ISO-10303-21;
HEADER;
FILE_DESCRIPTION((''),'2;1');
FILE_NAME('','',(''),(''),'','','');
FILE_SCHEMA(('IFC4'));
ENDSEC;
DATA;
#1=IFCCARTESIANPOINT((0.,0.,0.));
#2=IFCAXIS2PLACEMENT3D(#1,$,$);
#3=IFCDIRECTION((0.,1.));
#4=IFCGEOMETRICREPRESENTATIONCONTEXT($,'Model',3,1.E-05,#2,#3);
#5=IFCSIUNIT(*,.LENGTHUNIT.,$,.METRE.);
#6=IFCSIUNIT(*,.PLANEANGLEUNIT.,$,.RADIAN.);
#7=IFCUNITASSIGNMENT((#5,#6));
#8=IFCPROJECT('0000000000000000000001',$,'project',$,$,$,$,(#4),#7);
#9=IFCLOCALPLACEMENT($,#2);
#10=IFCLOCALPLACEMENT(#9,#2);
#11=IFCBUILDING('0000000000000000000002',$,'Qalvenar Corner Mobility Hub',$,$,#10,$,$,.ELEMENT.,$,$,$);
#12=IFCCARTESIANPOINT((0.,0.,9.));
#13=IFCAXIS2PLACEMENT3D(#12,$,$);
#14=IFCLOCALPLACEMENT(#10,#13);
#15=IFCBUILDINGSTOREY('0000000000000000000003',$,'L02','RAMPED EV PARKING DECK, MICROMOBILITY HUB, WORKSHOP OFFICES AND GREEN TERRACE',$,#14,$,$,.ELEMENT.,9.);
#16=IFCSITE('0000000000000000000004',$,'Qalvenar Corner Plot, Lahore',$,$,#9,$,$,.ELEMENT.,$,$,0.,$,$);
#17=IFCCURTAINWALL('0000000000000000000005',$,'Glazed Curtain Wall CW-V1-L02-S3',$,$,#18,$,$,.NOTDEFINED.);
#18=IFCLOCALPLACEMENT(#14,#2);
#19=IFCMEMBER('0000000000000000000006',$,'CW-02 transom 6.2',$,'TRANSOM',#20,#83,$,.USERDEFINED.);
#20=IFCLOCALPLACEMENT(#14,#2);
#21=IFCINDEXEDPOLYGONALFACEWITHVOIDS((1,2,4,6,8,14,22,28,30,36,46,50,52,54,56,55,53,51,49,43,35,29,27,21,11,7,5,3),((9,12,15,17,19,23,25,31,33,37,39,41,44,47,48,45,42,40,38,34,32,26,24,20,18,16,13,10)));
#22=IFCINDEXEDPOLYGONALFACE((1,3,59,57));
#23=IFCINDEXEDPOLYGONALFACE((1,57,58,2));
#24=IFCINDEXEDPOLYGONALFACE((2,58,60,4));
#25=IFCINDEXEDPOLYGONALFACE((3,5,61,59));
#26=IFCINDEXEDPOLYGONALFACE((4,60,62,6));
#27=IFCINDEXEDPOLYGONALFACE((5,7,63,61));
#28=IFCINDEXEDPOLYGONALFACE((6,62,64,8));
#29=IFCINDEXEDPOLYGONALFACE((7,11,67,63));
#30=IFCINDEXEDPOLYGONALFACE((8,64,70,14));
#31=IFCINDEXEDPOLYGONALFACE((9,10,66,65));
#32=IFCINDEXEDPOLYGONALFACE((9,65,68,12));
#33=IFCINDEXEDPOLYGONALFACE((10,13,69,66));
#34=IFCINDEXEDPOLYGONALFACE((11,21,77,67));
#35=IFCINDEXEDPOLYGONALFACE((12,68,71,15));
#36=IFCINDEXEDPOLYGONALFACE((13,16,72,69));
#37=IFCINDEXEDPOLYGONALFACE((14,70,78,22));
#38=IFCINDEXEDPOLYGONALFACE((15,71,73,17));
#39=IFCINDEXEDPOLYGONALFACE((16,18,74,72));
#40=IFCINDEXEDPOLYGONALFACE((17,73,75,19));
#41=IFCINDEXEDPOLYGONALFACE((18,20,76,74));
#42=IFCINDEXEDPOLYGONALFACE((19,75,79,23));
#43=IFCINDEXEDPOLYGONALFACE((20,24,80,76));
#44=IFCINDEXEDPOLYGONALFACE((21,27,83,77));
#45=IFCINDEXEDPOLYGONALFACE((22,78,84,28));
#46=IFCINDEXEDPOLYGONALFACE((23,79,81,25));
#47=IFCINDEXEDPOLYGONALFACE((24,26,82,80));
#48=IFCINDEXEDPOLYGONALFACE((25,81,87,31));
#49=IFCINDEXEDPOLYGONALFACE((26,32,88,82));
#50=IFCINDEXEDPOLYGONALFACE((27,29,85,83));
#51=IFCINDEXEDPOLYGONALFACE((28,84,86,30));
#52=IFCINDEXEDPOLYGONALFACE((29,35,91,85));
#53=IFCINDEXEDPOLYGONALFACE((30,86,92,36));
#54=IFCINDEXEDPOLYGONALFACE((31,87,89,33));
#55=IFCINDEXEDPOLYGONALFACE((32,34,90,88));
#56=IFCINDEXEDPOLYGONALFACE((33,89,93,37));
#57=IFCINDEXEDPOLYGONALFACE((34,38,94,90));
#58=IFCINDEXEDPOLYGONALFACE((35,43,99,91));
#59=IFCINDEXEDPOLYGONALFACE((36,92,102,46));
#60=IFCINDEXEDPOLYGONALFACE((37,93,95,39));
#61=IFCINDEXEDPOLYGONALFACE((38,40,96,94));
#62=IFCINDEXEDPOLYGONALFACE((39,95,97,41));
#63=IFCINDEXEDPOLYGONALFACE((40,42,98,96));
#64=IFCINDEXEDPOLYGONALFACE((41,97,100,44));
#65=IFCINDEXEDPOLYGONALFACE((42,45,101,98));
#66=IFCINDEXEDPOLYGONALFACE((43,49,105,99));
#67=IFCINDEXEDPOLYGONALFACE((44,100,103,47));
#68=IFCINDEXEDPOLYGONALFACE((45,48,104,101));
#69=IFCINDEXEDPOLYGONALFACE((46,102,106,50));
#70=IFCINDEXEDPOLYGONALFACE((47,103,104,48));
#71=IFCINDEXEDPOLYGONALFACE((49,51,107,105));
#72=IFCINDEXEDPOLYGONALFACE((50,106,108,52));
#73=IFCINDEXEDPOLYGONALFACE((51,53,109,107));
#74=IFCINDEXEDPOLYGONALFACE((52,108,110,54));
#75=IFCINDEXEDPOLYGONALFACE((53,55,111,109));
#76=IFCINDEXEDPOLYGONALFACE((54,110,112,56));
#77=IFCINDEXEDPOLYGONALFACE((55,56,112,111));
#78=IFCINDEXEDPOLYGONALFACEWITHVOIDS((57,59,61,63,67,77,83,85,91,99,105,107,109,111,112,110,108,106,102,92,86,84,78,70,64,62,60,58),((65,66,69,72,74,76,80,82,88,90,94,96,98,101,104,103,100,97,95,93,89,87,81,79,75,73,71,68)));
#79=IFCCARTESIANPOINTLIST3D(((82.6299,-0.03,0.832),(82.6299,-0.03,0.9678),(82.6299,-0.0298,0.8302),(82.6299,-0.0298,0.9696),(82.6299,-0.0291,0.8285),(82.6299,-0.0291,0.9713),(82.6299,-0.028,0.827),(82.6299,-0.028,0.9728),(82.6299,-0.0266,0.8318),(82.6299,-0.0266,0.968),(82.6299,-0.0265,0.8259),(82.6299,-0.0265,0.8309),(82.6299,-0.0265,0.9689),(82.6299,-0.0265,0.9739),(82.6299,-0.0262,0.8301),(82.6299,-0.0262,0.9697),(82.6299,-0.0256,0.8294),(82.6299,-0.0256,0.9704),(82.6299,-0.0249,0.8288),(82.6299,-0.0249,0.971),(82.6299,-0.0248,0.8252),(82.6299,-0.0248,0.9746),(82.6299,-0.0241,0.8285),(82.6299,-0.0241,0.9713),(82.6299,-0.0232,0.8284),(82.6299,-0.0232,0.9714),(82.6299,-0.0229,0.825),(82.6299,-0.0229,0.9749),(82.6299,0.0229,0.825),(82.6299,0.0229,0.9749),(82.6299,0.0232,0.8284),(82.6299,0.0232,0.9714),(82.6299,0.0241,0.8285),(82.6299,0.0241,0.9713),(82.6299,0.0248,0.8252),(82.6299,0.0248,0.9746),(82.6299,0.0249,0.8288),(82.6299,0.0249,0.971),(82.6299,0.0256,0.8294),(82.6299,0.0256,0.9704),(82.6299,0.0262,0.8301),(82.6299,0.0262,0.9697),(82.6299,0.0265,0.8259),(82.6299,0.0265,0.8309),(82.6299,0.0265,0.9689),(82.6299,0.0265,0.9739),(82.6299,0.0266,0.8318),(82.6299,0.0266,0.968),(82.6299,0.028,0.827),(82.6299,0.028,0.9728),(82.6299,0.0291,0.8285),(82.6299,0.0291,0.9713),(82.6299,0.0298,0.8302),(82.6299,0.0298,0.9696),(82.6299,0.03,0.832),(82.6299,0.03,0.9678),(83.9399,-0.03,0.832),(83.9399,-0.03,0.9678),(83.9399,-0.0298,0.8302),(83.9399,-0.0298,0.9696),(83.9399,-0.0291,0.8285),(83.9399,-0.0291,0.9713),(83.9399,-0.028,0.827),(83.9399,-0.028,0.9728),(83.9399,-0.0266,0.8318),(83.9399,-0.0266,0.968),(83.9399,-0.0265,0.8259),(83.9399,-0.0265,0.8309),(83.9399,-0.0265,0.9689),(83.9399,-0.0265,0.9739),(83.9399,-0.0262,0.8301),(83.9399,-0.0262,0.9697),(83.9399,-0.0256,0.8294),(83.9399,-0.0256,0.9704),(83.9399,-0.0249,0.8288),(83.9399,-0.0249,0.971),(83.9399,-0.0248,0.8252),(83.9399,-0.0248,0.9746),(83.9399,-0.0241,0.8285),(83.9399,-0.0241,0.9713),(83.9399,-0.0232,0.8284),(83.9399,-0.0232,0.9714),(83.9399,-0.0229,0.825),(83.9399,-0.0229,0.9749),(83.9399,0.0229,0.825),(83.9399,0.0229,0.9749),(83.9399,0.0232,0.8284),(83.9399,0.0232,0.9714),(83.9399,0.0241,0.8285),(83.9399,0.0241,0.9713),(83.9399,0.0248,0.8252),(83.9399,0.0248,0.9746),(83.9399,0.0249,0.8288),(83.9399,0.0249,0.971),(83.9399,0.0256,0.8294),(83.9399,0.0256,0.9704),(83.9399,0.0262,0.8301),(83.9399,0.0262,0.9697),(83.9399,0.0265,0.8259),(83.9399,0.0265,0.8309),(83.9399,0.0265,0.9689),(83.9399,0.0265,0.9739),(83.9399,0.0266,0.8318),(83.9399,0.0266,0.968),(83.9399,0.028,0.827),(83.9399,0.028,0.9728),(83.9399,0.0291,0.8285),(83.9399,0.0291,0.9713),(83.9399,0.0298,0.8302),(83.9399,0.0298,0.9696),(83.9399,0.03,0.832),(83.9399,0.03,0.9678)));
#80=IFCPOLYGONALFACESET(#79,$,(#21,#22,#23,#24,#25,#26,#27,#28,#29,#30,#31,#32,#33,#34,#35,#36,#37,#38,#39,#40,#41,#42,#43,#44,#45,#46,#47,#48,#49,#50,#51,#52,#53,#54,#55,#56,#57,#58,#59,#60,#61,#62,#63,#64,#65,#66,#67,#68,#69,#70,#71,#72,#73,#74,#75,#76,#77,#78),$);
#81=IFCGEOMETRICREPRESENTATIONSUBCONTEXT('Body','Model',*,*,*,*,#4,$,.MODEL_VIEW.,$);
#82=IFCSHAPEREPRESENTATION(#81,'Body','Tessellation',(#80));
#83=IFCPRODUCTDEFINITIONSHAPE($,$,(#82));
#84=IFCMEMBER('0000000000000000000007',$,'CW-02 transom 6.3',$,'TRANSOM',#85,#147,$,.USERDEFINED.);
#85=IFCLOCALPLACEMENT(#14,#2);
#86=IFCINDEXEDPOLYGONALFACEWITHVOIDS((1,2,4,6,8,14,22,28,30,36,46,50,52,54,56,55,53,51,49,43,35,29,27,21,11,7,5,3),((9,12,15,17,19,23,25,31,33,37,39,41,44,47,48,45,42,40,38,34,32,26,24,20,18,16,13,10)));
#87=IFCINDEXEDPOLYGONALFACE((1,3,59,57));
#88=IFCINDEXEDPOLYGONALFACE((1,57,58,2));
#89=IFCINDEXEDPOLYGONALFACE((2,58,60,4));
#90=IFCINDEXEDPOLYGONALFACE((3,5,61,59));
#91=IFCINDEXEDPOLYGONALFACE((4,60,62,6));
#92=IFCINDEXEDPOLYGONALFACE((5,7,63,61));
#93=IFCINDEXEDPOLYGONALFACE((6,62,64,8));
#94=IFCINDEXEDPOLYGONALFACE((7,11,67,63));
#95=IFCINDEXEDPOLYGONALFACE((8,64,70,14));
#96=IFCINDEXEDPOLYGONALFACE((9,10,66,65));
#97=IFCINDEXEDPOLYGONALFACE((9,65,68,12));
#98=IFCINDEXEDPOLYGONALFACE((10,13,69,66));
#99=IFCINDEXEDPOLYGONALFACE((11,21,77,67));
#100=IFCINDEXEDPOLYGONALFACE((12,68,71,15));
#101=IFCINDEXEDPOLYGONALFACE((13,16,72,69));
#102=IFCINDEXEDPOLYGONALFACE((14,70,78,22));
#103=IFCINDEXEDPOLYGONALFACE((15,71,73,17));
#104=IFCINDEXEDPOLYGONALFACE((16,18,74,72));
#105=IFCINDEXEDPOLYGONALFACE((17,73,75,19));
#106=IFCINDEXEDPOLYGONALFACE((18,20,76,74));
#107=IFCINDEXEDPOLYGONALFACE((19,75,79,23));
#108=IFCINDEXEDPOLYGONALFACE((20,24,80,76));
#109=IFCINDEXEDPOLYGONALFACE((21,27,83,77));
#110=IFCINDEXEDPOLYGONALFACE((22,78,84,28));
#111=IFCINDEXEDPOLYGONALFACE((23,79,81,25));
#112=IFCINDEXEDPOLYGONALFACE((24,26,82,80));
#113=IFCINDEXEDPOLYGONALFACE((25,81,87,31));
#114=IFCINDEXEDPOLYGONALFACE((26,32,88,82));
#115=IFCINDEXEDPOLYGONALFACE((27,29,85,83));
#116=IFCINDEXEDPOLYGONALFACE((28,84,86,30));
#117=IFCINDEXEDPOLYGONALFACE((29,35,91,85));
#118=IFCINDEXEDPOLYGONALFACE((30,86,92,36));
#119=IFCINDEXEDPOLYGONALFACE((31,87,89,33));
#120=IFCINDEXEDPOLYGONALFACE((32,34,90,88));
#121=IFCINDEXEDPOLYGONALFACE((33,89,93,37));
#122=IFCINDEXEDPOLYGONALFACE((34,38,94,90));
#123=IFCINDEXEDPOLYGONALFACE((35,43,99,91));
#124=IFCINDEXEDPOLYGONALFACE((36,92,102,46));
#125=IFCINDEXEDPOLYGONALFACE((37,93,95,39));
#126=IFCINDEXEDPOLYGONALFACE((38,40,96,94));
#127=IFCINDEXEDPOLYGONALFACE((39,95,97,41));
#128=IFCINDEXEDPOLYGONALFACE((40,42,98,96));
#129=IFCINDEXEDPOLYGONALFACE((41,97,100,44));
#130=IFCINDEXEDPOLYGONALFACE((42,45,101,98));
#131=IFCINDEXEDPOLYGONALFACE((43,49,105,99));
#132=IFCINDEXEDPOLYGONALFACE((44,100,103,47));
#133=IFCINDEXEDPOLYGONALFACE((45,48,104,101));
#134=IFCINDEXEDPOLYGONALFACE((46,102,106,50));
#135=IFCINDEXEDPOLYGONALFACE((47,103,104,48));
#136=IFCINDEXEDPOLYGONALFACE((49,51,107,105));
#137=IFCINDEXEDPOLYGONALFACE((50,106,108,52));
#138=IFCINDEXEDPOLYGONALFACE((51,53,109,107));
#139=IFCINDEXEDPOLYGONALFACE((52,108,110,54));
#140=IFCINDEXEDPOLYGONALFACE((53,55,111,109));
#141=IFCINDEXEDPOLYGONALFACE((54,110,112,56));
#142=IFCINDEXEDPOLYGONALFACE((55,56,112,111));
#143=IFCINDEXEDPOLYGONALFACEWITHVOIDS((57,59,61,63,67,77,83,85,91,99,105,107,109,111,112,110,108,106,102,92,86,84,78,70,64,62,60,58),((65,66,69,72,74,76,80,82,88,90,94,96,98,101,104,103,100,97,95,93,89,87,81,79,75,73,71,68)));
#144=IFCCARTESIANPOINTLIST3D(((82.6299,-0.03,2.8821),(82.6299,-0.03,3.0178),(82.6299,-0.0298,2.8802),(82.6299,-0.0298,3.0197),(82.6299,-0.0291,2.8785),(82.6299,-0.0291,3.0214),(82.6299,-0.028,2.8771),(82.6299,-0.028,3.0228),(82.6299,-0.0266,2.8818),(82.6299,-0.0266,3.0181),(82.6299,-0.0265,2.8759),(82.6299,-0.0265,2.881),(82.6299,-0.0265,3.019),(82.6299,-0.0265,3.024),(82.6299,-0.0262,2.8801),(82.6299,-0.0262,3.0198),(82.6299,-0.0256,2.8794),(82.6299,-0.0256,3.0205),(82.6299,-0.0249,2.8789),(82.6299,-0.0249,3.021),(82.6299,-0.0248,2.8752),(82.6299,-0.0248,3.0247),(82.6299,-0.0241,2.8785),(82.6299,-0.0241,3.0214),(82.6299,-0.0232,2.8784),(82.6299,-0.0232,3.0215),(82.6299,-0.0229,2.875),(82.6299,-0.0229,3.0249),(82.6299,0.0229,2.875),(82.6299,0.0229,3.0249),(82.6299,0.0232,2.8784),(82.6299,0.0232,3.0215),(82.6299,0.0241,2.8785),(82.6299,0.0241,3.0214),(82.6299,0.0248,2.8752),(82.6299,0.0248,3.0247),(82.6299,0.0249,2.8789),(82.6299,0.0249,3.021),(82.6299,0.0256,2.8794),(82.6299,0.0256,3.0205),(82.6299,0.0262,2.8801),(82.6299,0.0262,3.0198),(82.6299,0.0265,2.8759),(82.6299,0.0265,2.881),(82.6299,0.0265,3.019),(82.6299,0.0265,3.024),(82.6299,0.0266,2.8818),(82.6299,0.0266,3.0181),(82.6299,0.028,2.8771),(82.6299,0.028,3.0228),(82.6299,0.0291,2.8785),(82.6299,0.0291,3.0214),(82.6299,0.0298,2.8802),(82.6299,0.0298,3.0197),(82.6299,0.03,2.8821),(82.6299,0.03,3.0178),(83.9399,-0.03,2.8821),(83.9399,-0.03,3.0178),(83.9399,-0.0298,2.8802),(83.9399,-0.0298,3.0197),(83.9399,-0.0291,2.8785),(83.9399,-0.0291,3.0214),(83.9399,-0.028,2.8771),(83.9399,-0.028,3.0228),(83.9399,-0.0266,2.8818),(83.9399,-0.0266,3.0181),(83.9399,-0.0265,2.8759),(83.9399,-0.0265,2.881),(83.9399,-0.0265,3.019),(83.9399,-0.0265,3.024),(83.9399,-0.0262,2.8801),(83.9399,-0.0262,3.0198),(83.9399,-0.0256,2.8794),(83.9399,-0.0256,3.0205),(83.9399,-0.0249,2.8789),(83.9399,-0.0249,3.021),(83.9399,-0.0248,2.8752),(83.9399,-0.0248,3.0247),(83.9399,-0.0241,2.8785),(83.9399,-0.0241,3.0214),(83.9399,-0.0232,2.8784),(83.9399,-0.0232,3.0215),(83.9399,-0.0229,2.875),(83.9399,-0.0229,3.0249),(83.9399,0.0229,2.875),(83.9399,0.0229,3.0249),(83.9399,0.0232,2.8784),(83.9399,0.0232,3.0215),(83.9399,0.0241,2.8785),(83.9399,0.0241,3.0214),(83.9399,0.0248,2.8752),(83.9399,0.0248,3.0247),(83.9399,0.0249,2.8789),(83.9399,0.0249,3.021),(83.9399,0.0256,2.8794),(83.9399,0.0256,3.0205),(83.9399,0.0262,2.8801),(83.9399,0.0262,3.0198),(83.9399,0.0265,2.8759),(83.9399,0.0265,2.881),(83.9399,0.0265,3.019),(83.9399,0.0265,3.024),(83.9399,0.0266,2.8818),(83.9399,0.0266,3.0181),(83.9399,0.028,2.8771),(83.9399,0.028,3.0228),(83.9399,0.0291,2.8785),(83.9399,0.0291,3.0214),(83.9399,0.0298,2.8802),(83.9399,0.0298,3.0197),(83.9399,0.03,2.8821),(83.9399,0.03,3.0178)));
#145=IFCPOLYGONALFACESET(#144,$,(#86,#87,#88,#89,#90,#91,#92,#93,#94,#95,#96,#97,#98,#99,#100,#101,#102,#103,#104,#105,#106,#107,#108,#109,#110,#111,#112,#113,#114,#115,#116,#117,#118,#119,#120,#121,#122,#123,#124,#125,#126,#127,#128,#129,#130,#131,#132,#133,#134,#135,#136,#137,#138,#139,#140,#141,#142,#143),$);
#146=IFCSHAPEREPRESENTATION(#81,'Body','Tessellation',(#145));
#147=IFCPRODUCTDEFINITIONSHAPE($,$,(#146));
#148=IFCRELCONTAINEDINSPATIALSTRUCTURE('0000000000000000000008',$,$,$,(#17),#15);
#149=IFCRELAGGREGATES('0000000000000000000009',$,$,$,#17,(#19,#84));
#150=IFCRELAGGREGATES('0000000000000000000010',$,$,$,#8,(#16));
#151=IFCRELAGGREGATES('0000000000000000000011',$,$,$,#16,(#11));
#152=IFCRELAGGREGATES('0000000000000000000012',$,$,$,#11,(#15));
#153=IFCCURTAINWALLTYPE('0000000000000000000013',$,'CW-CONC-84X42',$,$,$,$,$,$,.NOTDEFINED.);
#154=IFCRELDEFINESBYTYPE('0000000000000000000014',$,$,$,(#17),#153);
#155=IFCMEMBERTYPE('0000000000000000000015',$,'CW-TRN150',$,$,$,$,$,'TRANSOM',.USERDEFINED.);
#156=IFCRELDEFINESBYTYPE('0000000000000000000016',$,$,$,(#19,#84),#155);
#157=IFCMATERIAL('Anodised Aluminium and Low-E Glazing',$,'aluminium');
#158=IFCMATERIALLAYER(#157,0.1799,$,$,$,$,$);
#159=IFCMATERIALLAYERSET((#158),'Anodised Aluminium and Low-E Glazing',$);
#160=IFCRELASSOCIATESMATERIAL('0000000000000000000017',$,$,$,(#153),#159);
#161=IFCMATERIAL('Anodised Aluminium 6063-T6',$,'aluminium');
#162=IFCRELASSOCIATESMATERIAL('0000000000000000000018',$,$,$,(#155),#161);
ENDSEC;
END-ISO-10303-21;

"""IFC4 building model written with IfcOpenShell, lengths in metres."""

from ifc_helpers import new_model, si_unit, direction, frame, origin, origin_2d, place, context, subcontext, project, spatial, hollow_rectangle, extrude, material, layer, layer_set, material_profile, profile_set, type_object, element, aggregate, save


model = new_model("IFC4")

# Units and contexts
model_context = context("Model", 3, precision=1e-05, world=origin(), true_north=direction((0.0, 1.0)))
body_context = subcontext(model_context, "Body", "Model", "MODEL_VIEW")
ifc_project = project(units=[si_unit("LENGTHUNIT", "METRE"), si_unit("PLANEANGLEUNIT", "RADIAN")], contexts=[model_context])

# Site, building, storey
site_placement = place(None, origin())
site = spatial("IfcSite", under=ifc_project, at=site_placement, Name="Qalvenar Corner Plot, Lahore", CompositionType="ELEMENT", RefElevation=0.0)
building_placement = place(site_placement, origin())
building = spatial("IfcBuilding", under=site, at=building_placement, Name="Qalvenar Corner Mobility Hub", CompositionType="ELEMENT")
storey_placement = place(building_placement, frame((0.0, 0.0, 9.0)))
storey = spatial("IfcBuildingStorey", under=building, at=storey_placement, Name="L02", Description="RAMPED EV PARKING DECK, MICROMOBILITY HUB, WORKSHOP OFFICES AND GREEN TERRACE", CompositionType="ELEMENT", Elevation=9.0)

# Curtain wall
ifc_material_1 = material(Name="Anodised Aluminium and Low-E Glazing", Category="aluminium")
ifc_layer_1 = layer(ifc_material_1, 0.1799)
ifc_layer_set_1 = layer_set([ifc_layer_1], Name="Anodised Aluminium and Low-E Glazing")
curtain_wall_type = type_object("IfcCurtainWallType", Name="CW-CONC-84X42", PredefinedType="NOTDEFINED", material=ifc_layer_set_1)
curtain_wall_1_placement = place(storey_placement, origin())
curtain_wall_1 = element("IfcCurtainWall", 1, at=curtain_wall_1_placement, inside=storey, type_object=curtain_wall_type, Name="Glazed Curtain Wall CW-V1-L02-S3", PredefinedType="NOTDEFINED")
ifc_material_2 = material(Name="Anodised Aluminium 6063-T6", Category="aluminium")

# Members
ifc_material_profile_1 = material_profile(ifc_material_2, hollow_rectangle(XDim=0.0601, YDim=0.1499, WallThickness=0.0034, InnerFilletRadius=0.0034, OuterFilletRadius=0.0071, at=origin_2d()), Name="RHS150x60x3.5")
ifc_profile_set_1 = profile_set([ifc_material_profile_1], Name="Anodised Aluminium 6063-T6")
member_type_1 = type_object("IfcMemberType", Name="CW-TRN150", ElementType="TRANSOM", PredefinedType="USERDEFINED", material=ifc_profile_set_1)
member_1_placement = place(storey_placement, frame((82.6299, 0.0, 0.8999), z_axis=(1.0, 0.0, 0.0), x_axis=(0.0, 1.0, 0.0)))
member_1 = element("IfcMember", 2, at=member_1_placement, type_object=member_type_1, Name="CW-02 transom 6.2", ObjectType="TRANSOM", PredefinedType="USERDEFINED", context=body_context, shape_type="SweptSolid", body=[
    extrude(hollow_rectangle(XDim=0.0601, YDim=0.1499, WallThickness=0.0034, InnerFilletRadius=0.0034, OuterFilletRadius=0.0071, at=origin_2d()), origin(), (0.0, 0.0, 1.0), 1.3101),
])
member_2_placement = place(storey_placement, frame((82.6299, 0.0, 2.95), z_axis=(1.0, 0.0, 0.0), x_axis=(0.0, 1.0, 0.0)))
member_2 = element("IfcMember", 3, at=member_2_placement, type_object=member_type_1, Name="CW-02 transom 6.3", ObjectType="TRANSOM", PredefinedType="USERDEFINED", context=body_context, shape_type="SweptSolid", body=[
    extrude(hollow_rectangle(XDim=0.0601, YDim=0.1499, WallThickness=0.0034, InnerFilletRadius=0.0034, OuterFilletRadius=0.0071, at=origin_2d()), origin(), (0.0, 0.0, 1.0), 1.3101),
])

aggregate(curtain_wall_1, [member_1, member_2])

save(model, "model.ifc")
